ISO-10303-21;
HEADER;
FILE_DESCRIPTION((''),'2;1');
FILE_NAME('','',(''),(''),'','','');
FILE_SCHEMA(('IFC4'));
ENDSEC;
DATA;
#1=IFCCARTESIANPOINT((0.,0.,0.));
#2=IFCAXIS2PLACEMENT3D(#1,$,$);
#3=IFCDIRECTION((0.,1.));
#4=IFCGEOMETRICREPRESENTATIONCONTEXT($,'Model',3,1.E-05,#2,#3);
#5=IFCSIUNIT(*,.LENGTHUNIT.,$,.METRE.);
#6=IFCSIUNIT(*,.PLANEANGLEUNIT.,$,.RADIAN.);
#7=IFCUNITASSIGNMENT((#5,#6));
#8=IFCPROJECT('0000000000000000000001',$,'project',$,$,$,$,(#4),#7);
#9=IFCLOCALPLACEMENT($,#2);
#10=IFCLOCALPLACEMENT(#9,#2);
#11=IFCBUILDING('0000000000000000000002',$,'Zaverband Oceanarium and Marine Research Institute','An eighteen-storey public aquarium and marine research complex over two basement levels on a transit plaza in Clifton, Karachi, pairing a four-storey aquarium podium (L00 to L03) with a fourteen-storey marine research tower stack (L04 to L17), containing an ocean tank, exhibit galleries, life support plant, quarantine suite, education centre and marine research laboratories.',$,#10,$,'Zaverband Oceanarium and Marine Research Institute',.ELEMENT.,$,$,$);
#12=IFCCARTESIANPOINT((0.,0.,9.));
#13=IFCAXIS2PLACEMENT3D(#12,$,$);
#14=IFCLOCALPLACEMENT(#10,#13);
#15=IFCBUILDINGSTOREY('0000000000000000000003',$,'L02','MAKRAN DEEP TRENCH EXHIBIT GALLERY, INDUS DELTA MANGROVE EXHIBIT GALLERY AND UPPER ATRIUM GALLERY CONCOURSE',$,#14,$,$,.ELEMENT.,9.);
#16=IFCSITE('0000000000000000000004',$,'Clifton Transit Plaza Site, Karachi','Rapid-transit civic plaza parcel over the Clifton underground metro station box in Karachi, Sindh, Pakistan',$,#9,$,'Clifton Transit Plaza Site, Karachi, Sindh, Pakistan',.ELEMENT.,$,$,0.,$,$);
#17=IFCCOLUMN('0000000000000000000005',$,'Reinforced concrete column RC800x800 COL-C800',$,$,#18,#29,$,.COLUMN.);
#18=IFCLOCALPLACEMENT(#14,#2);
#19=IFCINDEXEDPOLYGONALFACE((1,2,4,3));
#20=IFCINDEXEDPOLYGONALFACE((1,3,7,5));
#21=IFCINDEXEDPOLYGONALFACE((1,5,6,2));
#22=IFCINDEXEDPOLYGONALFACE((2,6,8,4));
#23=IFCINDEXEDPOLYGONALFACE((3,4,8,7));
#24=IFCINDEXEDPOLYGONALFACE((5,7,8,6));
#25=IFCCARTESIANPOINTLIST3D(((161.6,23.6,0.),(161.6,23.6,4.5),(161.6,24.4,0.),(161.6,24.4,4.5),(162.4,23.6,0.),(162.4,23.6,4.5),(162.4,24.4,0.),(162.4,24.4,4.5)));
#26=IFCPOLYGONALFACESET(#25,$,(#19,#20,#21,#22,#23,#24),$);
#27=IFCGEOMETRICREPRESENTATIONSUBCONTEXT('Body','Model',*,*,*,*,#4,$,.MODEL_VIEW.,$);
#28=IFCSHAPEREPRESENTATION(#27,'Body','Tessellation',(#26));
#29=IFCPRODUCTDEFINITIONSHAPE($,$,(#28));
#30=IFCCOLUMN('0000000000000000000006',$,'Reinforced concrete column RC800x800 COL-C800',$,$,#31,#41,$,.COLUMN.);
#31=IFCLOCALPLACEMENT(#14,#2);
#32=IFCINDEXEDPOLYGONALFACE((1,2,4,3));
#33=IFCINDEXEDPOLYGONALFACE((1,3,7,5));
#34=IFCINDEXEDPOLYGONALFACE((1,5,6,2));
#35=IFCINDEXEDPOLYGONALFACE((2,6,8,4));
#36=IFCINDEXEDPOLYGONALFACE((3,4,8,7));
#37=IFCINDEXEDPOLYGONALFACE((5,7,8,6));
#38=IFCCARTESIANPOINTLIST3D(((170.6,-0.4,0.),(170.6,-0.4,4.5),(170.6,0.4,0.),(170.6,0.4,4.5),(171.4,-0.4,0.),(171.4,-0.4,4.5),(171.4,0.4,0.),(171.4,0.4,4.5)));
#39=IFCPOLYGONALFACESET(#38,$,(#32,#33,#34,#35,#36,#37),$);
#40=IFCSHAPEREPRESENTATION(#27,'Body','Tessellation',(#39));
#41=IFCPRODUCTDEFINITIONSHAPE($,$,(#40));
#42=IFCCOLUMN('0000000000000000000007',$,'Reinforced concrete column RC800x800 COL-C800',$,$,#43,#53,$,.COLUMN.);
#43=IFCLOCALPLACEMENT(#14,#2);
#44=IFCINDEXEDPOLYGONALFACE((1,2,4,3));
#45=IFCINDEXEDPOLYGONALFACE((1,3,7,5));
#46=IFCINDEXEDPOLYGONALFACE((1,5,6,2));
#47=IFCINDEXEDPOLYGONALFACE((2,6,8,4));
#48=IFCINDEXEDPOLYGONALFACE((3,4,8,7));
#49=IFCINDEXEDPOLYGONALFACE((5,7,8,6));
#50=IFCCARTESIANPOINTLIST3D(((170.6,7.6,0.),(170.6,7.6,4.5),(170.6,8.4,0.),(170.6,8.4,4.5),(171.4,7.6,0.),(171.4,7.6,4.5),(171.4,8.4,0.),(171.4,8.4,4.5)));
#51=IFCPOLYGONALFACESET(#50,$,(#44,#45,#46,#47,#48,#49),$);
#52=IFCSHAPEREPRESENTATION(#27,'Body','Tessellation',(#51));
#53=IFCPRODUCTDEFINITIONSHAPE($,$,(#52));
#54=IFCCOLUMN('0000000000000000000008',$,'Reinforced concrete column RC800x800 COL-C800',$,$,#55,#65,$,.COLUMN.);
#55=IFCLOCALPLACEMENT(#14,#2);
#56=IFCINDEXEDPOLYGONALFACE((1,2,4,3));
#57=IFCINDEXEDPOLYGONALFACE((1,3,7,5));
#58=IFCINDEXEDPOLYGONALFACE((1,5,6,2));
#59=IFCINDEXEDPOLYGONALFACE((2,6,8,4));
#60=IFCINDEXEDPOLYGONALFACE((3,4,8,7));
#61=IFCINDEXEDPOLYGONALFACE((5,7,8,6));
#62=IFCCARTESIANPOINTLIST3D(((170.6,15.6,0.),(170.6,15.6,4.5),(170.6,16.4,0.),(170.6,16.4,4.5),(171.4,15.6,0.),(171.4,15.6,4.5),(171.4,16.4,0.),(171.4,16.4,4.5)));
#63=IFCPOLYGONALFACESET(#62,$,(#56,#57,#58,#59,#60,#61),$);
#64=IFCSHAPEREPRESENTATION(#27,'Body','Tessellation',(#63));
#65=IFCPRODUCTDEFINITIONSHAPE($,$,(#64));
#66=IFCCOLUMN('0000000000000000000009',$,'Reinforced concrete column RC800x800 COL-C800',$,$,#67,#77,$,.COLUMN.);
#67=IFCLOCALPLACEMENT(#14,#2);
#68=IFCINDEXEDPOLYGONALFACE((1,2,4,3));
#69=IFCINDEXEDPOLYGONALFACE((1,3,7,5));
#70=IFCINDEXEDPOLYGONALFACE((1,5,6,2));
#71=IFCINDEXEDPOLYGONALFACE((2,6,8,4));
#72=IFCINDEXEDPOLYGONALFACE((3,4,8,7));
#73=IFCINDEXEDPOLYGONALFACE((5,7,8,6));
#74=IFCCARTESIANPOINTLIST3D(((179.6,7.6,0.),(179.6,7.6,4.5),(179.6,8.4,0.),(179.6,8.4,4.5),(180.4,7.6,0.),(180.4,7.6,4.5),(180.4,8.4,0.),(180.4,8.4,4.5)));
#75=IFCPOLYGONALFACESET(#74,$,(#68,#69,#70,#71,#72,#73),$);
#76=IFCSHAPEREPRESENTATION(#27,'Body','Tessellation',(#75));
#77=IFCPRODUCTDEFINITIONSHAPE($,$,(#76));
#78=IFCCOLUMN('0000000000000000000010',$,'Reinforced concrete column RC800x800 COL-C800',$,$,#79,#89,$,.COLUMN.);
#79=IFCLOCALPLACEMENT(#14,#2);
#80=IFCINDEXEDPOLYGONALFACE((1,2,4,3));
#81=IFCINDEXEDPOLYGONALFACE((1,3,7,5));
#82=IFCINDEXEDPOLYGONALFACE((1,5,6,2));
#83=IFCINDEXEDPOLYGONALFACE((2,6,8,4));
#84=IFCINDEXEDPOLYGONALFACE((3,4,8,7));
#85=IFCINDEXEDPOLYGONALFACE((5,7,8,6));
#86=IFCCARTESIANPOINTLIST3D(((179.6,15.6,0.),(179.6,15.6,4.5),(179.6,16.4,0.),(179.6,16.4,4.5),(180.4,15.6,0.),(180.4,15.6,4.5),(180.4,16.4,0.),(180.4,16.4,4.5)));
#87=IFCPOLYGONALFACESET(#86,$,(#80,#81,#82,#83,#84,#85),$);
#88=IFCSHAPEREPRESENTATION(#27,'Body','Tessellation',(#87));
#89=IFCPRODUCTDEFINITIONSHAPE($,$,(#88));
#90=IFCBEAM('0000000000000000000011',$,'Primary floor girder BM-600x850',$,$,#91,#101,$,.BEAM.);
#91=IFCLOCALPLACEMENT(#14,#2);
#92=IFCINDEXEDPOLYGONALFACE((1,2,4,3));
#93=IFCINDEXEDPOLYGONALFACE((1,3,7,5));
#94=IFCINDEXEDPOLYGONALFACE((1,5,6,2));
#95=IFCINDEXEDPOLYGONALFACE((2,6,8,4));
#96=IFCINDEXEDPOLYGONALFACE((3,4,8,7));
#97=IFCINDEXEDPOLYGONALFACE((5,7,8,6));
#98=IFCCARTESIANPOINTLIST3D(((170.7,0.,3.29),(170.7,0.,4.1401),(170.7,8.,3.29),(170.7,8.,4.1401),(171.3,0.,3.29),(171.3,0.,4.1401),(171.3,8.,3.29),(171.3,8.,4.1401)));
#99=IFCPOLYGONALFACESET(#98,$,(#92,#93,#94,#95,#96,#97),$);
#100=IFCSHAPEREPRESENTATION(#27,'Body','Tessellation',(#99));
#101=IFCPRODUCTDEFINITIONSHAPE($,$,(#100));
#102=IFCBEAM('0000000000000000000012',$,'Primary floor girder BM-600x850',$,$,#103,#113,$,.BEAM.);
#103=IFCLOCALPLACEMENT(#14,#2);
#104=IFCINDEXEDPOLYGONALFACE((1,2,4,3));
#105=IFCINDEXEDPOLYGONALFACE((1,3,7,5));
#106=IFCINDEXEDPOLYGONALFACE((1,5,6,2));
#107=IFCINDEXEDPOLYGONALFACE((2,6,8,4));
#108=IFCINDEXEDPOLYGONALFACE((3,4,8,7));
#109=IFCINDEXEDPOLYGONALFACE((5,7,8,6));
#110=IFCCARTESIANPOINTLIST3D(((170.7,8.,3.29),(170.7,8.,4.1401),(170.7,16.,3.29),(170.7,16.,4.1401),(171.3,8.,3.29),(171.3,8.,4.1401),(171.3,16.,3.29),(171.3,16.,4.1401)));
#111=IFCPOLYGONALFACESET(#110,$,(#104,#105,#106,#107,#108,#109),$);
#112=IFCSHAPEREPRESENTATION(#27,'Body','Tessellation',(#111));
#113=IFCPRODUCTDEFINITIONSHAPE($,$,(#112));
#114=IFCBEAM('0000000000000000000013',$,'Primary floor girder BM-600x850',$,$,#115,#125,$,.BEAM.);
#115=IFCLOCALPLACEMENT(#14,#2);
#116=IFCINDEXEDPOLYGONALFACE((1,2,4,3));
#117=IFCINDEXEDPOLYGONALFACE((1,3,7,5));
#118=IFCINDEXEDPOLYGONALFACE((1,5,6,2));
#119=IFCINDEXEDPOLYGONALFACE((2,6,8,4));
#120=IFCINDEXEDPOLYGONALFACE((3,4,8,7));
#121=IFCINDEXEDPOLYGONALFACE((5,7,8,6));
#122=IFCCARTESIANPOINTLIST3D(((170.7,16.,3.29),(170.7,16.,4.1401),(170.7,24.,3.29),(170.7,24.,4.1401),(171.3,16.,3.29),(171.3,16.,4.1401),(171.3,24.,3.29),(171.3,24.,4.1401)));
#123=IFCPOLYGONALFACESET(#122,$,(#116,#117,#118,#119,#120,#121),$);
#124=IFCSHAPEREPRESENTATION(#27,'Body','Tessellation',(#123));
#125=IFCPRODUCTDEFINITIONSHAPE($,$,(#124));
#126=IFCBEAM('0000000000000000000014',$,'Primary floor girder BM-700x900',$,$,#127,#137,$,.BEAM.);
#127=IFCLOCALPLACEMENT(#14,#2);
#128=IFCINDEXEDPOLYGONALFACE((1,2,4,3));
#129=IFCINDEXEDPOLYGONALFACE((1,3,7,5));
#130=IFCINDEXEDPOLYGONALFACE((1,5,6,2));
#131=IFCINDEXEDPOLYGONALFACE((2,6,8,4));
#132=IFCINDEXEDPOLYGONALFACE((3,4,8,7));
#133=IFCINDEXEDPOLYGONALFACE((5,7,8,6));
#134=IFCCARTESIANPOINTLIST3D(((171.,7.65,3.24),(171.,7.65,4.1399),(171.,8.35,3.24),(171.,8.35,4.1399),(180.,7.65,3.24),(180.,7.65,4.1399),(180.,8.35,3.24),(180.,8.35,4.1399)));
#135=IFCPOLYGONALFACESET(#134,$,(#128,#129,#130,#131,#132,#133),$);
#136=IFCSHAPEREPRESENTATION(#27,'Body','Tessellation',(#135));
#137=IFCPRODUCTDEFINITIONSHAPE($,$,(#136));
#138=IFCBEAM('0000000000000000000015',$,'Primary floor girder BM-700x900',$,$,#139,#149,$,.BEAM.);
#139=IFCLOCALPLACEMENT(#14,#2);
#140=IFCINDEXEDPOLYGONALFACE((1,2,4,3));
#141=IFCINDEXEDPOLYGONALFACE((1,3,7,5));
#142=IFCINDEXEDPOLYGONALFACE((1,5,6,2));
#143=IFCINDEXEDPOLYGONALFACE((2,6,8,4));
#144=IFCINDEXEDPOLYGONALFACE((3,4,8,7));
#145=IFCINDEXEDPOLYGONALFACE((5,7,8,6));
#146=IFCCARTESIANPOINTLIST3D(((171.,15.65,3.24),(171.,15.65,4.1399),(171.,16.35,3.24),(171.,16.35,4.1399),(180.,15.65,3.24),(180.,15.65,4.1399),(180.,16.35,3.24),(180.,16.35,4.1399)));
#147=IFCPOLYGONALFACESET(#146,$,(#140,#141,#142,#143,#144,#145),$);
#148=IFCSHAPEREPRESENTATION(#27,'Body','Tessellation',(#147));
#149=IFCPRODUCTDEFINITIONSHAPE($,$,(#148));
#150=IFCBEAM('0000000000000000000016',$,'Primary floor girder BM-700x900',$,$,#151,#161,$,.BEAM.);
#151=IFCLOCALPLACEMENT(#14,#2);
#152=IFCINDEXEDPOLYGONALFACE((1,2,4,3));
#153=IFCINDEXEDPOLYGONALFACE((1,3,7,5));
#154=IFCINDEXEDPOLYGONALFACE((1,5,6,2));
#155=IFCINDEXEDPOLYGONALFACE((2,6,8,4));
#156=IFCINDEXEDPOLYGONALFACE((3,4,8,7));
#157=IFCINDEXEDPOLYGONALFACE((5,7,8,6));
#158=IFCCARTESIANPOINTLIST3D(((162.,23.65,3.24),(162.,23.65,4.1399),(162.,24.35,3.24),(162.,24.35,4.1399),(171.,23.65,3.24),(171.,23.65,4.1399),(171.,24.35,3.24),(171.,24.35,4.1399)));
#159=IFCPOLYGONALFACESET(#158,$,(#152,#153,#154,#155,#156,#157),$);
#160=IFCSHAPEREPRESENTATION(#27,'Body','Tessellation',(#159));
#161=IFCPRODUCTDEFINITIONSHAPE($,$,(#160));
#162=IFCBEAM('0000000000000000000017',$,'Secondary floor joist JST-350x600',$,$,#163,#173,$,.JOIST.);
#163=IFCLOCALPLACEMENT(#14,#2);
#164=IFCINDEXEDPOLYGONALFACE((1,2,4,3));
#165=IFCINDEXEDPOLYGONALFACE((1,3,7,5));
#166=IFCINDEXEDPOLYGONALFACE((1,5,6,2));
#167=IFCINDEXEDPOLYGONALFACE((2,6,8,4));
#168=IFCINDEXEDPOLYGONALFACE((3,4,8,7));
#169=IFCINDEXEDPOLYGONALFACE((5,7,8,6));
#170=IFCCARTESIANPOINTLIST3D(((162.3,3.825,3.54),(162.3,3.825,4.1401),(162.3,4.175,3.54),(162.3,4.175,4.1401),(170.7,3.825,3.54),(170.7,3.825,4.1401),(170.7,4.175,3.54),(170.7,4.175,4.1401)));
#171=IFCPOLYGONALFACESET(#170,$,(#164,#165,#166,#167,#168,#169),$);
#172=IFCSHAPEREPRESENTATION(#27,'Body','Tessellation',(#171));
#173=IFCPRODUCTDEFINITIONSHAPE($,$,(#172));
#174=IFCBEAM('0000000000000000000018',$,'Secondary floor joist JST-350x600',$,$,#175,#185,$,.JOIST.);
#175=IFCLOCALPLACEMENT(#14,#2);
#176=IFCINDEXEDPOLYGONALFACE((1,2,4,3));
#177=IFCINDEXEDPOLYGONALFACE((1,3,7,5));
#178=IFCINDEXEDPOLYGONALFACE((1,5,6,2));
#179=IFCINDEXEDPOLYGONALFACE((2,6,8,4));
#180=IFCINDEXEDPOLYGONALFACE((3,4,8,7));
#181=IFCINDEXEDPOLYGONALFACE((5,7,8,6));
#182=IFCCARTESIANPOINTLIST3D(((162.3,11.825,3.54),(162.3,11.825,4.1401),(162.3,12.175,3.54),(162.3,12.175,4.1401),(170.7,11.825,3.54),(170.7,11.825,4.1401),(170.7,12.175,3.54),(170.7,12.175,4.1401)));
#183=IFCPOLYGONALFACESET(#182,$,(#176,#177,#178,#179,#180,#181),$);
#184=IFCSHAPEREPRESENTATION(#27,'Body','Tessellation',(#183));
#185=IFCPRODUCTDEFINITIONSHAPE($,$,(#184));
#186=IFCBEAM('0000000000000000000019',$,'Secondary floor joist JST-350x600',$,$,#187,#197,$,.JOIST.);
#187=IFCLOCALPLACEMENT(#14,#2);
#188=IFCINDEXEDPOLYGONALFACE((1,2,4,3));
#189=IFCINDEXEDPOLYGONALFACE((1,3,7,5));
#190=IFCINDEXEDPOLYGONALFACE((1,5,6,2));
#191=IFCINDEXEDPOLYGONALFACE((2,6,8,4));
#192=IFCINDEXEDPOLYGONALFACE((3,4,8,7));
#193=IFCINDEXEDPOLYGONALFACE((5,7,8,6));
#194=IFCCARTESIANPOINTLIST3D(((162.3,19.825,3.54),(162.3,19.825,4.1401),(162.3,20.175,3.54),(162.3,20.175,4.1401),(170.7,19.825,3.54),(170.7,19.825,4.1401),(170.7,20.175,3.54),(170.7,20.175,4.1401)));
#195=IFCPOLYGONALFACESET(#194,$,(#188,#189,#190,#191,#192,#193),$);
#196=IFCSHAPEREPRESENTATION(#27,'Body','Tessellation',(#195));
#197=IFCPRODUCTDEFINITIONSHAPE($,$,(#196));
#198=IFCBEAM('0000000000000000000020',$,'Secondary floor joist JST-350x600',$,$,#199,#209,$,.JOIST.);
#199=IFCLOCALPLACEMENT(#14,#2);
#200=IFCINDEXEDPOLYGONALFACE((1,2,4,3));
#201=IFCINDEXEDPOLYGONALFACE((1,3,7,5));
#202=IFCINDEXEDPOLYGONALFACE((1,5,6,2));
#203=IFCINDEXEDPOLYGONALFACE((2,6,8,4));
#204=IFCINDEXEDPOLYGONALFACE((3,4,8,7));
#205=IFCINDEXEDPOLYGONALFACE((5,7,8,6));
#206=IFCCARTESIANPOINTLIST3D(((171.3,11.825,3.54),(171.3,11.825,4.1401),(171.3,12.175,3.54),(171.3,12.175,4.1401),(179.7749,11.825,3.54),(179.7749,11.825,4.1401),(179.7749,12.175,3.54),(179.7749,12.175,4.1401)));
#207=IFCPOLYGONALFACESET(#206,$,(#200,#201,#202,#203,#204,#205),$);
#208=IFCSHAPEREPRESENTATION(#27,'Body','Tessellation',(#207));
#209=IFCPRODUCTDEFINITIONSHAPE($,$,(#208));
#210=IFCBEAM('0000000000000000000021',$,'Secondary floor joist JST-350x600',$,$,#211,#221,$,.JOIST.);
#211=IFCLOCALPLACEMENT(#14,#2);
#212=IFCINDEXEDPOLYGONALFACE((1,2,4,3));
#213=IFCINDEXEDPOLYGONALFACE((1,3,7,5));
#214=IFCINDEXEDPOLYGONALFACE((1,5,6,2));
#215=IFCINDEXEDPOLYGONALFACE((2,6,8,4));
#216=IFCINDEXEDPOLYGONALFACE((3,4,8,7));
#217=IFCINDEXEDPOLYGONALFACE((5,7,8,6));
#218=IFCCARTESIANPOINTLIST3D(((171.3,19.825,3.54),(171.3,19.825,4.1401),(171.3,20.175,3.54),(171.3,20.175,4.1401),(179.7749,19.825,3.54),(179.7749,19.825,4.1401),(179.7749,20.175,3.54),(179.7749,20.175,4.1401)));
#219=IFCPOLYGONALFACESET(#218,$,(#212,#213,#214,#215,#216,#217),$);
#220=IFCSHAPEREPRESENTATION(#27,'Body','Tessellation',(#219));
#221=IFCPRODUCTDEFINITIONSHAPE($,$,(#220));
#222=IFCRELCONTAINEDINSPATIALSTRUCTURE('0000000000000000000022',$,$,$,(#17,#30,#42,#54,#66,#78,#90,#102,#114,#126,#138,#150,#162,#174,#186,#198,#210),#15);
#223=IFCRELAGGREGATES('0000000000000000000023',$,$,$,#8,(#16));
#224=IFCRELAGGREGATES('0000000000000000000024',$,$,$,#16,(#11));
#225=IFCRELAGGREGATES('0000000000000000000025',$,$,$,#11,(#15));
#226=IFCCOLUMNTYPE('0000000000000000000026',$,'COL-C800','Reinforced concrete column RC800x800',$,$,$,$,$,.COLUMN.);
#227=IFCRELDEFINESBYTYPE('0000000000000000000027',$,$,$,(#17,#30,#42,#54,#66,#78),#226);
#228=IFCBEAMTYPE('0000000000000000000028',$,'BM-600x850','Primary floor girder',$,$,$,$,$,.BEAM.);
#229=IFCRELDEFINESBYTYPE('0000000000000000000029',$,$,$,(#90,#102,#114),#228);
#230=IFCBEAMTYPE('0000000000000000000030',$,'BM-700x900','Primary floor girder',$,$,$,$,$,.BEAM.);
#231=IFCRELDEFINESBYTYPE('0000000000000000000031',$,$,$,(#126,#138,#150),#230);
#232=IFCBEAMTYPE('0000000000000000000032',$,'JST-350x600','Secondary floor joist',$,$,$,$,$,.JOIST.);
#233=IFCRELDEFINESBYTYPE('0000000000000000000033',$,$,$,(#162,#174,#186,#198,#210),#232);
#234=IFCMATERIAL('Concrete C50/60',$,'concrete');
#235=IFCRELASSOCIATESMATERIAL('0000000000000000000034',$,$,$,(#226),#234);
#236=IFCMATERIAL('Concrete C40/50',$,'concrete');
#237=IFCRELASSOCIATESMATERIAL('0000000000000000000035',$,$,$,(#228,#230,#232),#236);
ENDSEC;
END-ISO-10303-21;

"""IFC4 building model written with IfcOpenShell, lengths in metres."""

from ifc_helpers import new_model, si_unit, direction, frame, origin, origin_2d, place, context, subcontext, project, spatial, rectangle, extrude, material, material_profile, profile_set, type_object, element, save


model = new_model("IFC4")

# Units and contexts
model_context = context("Model", 3, precision=1e-05, world=origin(), true_north=direction((0.0, 1.0)))
body_context = subcontext(model_context, "Body", "Model", "MODEL_VIEW")
ifc_project = project(units=[si_unit("LENGTHUNIT", "METRE"), si_unit("PLANEANGLEUNIT", "RADIAN")], contexts=[model_context])

# Site, building, storey
site_placement = place(None, origin())
site = spatial("IfcSite", under=ifc_project, at=site_placement, Name="Clifton Transit Plaza Site, Karachi", Description="Rapid-transit civic plaza parcel over the Clifton underground metro station box in Karachi, Sindh, Pakistan", LongName="Clifton Transit Plaza Site, Karachi, Sindh, Pakistan", CompositionType="ELEMENT", RefElevation=0.0)
building_placement = place(site_placement, origin())
building = spatial("IfcBuilding", under=site, at=building_placement, Name="Zaverband Oceanarium and Marine Research Institute", Description="An eighteen-storey public aquarium and marine research complex over two basement levels on a transit plaza in Clifton, Karachi, pairing a four-storey aquarium podium (L00 to L03) with a fourteen-storey marine research tower stack (L04 to L17), containing an ocean tank, exhibit galleries, life support plant, quarantine suite, education centre and marine research laboratories.", LongName="Zaverband Oceanarium and Marine Research Institute", CompositionType="ELEMENT")
storey_placement = place(building_placement, frame((0.0, 0.0, 9.0)))
storey = spatial("IfcBuildingStorey", under=building, at=storey_placement, Name="L02", Description="MAKRAN DEEP TRENCH EXHIBIT GALLERY, INDUS DELTA MANGROVE EXHIBIT GALLERY AND UPPER ATRIUM GALLERY CONCOURSE", CompositionType="ELEMENT", Elevation=9.0)

# Columns
ifc_material_1 = material(Name="Concrete C50/60", Category="concrete")
ifc_material_profile_1 = material_profile(ifc_material_1, rectangle(XDim=0.8, YDim=0.8, at=origin_2d()), Name="RC800x800")
ifc_profile_set_1 = profile_set([ifc_material_profile_1], Name="Concrete C50/60")
column_type = type_object("IfcColumnType", Name="COL-C800", Description="Reinforced concrete column RC800x800", PredefinedType="COLUMN", material=ifc_profile_set_1)
for number, where, z_axis, x_axis, name in (
    (1, (162.0, 24.0, 0.0), (0.0, 0.0, 1.0), (1.0, 0.0, 0.0), "Reinforced concrete column RC800x800 COL-C800"),
    (2, (171.0, 0.0, 0.0), (0.0, 0.0, 1.0), (1.0, 0.0, 0.0), "Reinforced concrete column RC800x800 COL-C800"),
    (3, (171.0, 8.0, 0.0), (0.0, 0.0, 1.0), (1.0, 0.0, 0.0), "Reinforced concrete column RC800x800 COL-C800"),
    (4, (171.0, 16.0, 0.0), (0.0, 0.0, 1.0), (1.0, 0.0, 0.0), "Reinforced concrete column RC800x800 COL-C800"),
    (5, (180.0, 8.0, 0.0), (0.0, 0.0, 1.0), (1.0, 0.0, 0.0), "Reinforced concrete column RC800x800 COL-C800"),
    (6, (180.0, 16.0, 0.0), (0.0, 0.0, 1.0), (1.0, 0.0, 0.0), "Reinforced concrete column RC800x800 COL-C800"),
):
    element("IfcColumn", number, at=place(storey_placement, frame(where, z_axis=z_axis, x_axis=x_axis)), inside=storey, type_object=column_type, Name=name, PredefinedType="COLUMN", context=body_context, shape_type="SweptSolid", body=[
        extrude(rectangle(XDim=0.8, YDim=0.8, at=origin_2d()), origin(), (0.0, 0.0, 1.0), 4.5),
    ])

# Beams
ifc_material_2 = material(Name="Concrete C40/50", Category="concrete")
ifc_material_profile_2 = material_profile(ifc_material_2, rectangle(XDim=0.6001, YDim=0.8501, at=origin_2d()), Name="RC600x850")
ifc_profile_set_2 = profile_set([ifc_material_profile_2], Name="Concrete C40/50")
beam_type_1 = type_object("IfcBeamType", Name="BM-600x850", Description="Primary floor girder", PredefinedType="BEAM", material=ifc_profile_set_2)
for number, where, z_axis, x_axis, name in (
    (7, (171.0, 0.0, 3.7151), (0.0, 1.0, 0.0), (-1.0, 0.0, 0.0), "Primary floor girder BM-600x850"),
    (8, (171.0, 8.0, 3.7151), (0.0, 1.0, 0.0), (-1.0, 0.0, 0.0), "Primary floor girder BM-600x850"),
    (9, (171.0, 16.0, 3.7151), (0.0, 1.0, 0.0), (-1.0, 0.0, 0.0), "Primary floor girder BM-600x850"),
):
    element("IfcBeam", number, at=place(storey_placement, frame(where, z_axis=z_axis, x_axis=x_axis)), inside=storey, type_object=beam_type_1, Name=name, PredefinedType="BEAM", context=body_context, shape_type="SweptSolid", body=[
        extrude(rectangle(XDim=0.6001, YDim=0.8501, at=origin_2d()), origin(), (0.0, 0.0, 1.0), 8.0),
    ])
ifc_material_profile_3 = material_profile(ifc_material_2, rectangle(XDim=0.7, YDim=0.8999, at=origin_2d()), Name="RC700x900")
ifc_profile_set_3 = profile_set([ifc_material_profile_3], Name="Concrete C40/50")
beam_type_2 = type_object("IfcBeamType", Name="BM-700x900", Description="Primary floor girder", PredefinedType="BEAM", material=ifc_profile_set_3)
for number, where, z_axis, x_axis, name in (
    (10, (171.0, 8.0, 3.6899), (1.0, 0.0, 0.0), (0.0, 1.0, 0.0), "Primary floor girder BM-700x900"),
    (11, (171.0, 16.0, 3.6899), (1.0, 0.0, 0.0), (0.0, 1.0, 0.0), "Primary floor girder BM-700x900"),
    (12, (162.0, 24.0, 3.6899), (1.0, 0.0, 0.0), (0.0, 1.0, 0.0), "Primary floor girder BM-700x900"),
):
    element("IfcBeam", number, at=place(storey_placement, frame(where, z_axis=z_axis, x_axis=x_axis)), inside=storey, type_object=beam_type_2, Name=name, PredefinedType="BEAM", context=body_context, shape_type="SweptSolid", body=[
        extrude(rectangle(XDim=0.7, YDim=0.8999, at=origin_2d()), origin(), (0.0, 0.0, 1.0), 9.0),
    ])
ifc_material_profile_4 = material_profile(ifc_material_2, rectangle(XDim=0.3501, YDim=0.6001, at=origin_2d()), Name="RC350x600")
ifc_profile_set_4 = profile_set([ifc_material_profile_4], Name="Concrete C40/50")
beam_type_3 = type_object("IfcBeamType", Name="JST-350x600", Description="Secondary floor joist", PredefinedType="JOIST", material=ifc_profile_set_4)
for number, where, z_axis, x_axis, name in (
    (13, (162.3, 4.0, 3.8401), (1.0, 0.0, 0.0), (0.0, 1.0, 0.0), "Secondary floor joist JST-350x600"),
    (14, (162.3, 12.0, 3.8401), (1.0, 0.0, 0.0), (0.0, 1.0, 0.0), "Secondary floor joist JST-350x600"),
    (15, (162.3, 20.0, 3.8401), (1.0, 0.0, 0.0), (0.0, 1.0, 0.0), "Secondary floor joist JST-350x600"),
):
    element("IfcBeam", number, at=place(storey_placement, frame(where, z_axis=z_axis, x_axis=x_axis)), inside=storey, type_object=beam_type_3, Name=name, PredefinedType="JOIST", context=body_context, shape_type="SweptSolid", body=[
        extrude(rectangle(XDim=0.3501, YDim=0.6001, at=origin_2d()), origin(), (0.0, 0.0, 1.0), 8.3999),
    ])
for number, where, z_axis, x_axis, name in (
    (16, (171.3, 12.0, 3.8401), (1.0, 0.0, 0.0), (0.0, 1.0, 0.0), "Secondary floor joist JST-350x600"),
    (17, (171.3, 20.0, 3.8401), (1.0, 0.0, 0.0), (0.0, 1.0, 0.0), "Secondary floor joist JST-350x600"),
):
    element("IfcBeam", number, at=place(storey_placement, frame(where, z_axis=z_axis, x_axis=x_axis)), inside=storey, type_object=beam_type_3, Name=name, PredefinedType="JOIST", context=body_context, shape_type="SweptSolid", body=[
        extrude(rectangle(XDim=0.3501, YDim=0.6001, at=origin_2d()), origin(), (0.0, 0.0, 1.0), 8.4749),
    ])

save(model, "model.ifc")
